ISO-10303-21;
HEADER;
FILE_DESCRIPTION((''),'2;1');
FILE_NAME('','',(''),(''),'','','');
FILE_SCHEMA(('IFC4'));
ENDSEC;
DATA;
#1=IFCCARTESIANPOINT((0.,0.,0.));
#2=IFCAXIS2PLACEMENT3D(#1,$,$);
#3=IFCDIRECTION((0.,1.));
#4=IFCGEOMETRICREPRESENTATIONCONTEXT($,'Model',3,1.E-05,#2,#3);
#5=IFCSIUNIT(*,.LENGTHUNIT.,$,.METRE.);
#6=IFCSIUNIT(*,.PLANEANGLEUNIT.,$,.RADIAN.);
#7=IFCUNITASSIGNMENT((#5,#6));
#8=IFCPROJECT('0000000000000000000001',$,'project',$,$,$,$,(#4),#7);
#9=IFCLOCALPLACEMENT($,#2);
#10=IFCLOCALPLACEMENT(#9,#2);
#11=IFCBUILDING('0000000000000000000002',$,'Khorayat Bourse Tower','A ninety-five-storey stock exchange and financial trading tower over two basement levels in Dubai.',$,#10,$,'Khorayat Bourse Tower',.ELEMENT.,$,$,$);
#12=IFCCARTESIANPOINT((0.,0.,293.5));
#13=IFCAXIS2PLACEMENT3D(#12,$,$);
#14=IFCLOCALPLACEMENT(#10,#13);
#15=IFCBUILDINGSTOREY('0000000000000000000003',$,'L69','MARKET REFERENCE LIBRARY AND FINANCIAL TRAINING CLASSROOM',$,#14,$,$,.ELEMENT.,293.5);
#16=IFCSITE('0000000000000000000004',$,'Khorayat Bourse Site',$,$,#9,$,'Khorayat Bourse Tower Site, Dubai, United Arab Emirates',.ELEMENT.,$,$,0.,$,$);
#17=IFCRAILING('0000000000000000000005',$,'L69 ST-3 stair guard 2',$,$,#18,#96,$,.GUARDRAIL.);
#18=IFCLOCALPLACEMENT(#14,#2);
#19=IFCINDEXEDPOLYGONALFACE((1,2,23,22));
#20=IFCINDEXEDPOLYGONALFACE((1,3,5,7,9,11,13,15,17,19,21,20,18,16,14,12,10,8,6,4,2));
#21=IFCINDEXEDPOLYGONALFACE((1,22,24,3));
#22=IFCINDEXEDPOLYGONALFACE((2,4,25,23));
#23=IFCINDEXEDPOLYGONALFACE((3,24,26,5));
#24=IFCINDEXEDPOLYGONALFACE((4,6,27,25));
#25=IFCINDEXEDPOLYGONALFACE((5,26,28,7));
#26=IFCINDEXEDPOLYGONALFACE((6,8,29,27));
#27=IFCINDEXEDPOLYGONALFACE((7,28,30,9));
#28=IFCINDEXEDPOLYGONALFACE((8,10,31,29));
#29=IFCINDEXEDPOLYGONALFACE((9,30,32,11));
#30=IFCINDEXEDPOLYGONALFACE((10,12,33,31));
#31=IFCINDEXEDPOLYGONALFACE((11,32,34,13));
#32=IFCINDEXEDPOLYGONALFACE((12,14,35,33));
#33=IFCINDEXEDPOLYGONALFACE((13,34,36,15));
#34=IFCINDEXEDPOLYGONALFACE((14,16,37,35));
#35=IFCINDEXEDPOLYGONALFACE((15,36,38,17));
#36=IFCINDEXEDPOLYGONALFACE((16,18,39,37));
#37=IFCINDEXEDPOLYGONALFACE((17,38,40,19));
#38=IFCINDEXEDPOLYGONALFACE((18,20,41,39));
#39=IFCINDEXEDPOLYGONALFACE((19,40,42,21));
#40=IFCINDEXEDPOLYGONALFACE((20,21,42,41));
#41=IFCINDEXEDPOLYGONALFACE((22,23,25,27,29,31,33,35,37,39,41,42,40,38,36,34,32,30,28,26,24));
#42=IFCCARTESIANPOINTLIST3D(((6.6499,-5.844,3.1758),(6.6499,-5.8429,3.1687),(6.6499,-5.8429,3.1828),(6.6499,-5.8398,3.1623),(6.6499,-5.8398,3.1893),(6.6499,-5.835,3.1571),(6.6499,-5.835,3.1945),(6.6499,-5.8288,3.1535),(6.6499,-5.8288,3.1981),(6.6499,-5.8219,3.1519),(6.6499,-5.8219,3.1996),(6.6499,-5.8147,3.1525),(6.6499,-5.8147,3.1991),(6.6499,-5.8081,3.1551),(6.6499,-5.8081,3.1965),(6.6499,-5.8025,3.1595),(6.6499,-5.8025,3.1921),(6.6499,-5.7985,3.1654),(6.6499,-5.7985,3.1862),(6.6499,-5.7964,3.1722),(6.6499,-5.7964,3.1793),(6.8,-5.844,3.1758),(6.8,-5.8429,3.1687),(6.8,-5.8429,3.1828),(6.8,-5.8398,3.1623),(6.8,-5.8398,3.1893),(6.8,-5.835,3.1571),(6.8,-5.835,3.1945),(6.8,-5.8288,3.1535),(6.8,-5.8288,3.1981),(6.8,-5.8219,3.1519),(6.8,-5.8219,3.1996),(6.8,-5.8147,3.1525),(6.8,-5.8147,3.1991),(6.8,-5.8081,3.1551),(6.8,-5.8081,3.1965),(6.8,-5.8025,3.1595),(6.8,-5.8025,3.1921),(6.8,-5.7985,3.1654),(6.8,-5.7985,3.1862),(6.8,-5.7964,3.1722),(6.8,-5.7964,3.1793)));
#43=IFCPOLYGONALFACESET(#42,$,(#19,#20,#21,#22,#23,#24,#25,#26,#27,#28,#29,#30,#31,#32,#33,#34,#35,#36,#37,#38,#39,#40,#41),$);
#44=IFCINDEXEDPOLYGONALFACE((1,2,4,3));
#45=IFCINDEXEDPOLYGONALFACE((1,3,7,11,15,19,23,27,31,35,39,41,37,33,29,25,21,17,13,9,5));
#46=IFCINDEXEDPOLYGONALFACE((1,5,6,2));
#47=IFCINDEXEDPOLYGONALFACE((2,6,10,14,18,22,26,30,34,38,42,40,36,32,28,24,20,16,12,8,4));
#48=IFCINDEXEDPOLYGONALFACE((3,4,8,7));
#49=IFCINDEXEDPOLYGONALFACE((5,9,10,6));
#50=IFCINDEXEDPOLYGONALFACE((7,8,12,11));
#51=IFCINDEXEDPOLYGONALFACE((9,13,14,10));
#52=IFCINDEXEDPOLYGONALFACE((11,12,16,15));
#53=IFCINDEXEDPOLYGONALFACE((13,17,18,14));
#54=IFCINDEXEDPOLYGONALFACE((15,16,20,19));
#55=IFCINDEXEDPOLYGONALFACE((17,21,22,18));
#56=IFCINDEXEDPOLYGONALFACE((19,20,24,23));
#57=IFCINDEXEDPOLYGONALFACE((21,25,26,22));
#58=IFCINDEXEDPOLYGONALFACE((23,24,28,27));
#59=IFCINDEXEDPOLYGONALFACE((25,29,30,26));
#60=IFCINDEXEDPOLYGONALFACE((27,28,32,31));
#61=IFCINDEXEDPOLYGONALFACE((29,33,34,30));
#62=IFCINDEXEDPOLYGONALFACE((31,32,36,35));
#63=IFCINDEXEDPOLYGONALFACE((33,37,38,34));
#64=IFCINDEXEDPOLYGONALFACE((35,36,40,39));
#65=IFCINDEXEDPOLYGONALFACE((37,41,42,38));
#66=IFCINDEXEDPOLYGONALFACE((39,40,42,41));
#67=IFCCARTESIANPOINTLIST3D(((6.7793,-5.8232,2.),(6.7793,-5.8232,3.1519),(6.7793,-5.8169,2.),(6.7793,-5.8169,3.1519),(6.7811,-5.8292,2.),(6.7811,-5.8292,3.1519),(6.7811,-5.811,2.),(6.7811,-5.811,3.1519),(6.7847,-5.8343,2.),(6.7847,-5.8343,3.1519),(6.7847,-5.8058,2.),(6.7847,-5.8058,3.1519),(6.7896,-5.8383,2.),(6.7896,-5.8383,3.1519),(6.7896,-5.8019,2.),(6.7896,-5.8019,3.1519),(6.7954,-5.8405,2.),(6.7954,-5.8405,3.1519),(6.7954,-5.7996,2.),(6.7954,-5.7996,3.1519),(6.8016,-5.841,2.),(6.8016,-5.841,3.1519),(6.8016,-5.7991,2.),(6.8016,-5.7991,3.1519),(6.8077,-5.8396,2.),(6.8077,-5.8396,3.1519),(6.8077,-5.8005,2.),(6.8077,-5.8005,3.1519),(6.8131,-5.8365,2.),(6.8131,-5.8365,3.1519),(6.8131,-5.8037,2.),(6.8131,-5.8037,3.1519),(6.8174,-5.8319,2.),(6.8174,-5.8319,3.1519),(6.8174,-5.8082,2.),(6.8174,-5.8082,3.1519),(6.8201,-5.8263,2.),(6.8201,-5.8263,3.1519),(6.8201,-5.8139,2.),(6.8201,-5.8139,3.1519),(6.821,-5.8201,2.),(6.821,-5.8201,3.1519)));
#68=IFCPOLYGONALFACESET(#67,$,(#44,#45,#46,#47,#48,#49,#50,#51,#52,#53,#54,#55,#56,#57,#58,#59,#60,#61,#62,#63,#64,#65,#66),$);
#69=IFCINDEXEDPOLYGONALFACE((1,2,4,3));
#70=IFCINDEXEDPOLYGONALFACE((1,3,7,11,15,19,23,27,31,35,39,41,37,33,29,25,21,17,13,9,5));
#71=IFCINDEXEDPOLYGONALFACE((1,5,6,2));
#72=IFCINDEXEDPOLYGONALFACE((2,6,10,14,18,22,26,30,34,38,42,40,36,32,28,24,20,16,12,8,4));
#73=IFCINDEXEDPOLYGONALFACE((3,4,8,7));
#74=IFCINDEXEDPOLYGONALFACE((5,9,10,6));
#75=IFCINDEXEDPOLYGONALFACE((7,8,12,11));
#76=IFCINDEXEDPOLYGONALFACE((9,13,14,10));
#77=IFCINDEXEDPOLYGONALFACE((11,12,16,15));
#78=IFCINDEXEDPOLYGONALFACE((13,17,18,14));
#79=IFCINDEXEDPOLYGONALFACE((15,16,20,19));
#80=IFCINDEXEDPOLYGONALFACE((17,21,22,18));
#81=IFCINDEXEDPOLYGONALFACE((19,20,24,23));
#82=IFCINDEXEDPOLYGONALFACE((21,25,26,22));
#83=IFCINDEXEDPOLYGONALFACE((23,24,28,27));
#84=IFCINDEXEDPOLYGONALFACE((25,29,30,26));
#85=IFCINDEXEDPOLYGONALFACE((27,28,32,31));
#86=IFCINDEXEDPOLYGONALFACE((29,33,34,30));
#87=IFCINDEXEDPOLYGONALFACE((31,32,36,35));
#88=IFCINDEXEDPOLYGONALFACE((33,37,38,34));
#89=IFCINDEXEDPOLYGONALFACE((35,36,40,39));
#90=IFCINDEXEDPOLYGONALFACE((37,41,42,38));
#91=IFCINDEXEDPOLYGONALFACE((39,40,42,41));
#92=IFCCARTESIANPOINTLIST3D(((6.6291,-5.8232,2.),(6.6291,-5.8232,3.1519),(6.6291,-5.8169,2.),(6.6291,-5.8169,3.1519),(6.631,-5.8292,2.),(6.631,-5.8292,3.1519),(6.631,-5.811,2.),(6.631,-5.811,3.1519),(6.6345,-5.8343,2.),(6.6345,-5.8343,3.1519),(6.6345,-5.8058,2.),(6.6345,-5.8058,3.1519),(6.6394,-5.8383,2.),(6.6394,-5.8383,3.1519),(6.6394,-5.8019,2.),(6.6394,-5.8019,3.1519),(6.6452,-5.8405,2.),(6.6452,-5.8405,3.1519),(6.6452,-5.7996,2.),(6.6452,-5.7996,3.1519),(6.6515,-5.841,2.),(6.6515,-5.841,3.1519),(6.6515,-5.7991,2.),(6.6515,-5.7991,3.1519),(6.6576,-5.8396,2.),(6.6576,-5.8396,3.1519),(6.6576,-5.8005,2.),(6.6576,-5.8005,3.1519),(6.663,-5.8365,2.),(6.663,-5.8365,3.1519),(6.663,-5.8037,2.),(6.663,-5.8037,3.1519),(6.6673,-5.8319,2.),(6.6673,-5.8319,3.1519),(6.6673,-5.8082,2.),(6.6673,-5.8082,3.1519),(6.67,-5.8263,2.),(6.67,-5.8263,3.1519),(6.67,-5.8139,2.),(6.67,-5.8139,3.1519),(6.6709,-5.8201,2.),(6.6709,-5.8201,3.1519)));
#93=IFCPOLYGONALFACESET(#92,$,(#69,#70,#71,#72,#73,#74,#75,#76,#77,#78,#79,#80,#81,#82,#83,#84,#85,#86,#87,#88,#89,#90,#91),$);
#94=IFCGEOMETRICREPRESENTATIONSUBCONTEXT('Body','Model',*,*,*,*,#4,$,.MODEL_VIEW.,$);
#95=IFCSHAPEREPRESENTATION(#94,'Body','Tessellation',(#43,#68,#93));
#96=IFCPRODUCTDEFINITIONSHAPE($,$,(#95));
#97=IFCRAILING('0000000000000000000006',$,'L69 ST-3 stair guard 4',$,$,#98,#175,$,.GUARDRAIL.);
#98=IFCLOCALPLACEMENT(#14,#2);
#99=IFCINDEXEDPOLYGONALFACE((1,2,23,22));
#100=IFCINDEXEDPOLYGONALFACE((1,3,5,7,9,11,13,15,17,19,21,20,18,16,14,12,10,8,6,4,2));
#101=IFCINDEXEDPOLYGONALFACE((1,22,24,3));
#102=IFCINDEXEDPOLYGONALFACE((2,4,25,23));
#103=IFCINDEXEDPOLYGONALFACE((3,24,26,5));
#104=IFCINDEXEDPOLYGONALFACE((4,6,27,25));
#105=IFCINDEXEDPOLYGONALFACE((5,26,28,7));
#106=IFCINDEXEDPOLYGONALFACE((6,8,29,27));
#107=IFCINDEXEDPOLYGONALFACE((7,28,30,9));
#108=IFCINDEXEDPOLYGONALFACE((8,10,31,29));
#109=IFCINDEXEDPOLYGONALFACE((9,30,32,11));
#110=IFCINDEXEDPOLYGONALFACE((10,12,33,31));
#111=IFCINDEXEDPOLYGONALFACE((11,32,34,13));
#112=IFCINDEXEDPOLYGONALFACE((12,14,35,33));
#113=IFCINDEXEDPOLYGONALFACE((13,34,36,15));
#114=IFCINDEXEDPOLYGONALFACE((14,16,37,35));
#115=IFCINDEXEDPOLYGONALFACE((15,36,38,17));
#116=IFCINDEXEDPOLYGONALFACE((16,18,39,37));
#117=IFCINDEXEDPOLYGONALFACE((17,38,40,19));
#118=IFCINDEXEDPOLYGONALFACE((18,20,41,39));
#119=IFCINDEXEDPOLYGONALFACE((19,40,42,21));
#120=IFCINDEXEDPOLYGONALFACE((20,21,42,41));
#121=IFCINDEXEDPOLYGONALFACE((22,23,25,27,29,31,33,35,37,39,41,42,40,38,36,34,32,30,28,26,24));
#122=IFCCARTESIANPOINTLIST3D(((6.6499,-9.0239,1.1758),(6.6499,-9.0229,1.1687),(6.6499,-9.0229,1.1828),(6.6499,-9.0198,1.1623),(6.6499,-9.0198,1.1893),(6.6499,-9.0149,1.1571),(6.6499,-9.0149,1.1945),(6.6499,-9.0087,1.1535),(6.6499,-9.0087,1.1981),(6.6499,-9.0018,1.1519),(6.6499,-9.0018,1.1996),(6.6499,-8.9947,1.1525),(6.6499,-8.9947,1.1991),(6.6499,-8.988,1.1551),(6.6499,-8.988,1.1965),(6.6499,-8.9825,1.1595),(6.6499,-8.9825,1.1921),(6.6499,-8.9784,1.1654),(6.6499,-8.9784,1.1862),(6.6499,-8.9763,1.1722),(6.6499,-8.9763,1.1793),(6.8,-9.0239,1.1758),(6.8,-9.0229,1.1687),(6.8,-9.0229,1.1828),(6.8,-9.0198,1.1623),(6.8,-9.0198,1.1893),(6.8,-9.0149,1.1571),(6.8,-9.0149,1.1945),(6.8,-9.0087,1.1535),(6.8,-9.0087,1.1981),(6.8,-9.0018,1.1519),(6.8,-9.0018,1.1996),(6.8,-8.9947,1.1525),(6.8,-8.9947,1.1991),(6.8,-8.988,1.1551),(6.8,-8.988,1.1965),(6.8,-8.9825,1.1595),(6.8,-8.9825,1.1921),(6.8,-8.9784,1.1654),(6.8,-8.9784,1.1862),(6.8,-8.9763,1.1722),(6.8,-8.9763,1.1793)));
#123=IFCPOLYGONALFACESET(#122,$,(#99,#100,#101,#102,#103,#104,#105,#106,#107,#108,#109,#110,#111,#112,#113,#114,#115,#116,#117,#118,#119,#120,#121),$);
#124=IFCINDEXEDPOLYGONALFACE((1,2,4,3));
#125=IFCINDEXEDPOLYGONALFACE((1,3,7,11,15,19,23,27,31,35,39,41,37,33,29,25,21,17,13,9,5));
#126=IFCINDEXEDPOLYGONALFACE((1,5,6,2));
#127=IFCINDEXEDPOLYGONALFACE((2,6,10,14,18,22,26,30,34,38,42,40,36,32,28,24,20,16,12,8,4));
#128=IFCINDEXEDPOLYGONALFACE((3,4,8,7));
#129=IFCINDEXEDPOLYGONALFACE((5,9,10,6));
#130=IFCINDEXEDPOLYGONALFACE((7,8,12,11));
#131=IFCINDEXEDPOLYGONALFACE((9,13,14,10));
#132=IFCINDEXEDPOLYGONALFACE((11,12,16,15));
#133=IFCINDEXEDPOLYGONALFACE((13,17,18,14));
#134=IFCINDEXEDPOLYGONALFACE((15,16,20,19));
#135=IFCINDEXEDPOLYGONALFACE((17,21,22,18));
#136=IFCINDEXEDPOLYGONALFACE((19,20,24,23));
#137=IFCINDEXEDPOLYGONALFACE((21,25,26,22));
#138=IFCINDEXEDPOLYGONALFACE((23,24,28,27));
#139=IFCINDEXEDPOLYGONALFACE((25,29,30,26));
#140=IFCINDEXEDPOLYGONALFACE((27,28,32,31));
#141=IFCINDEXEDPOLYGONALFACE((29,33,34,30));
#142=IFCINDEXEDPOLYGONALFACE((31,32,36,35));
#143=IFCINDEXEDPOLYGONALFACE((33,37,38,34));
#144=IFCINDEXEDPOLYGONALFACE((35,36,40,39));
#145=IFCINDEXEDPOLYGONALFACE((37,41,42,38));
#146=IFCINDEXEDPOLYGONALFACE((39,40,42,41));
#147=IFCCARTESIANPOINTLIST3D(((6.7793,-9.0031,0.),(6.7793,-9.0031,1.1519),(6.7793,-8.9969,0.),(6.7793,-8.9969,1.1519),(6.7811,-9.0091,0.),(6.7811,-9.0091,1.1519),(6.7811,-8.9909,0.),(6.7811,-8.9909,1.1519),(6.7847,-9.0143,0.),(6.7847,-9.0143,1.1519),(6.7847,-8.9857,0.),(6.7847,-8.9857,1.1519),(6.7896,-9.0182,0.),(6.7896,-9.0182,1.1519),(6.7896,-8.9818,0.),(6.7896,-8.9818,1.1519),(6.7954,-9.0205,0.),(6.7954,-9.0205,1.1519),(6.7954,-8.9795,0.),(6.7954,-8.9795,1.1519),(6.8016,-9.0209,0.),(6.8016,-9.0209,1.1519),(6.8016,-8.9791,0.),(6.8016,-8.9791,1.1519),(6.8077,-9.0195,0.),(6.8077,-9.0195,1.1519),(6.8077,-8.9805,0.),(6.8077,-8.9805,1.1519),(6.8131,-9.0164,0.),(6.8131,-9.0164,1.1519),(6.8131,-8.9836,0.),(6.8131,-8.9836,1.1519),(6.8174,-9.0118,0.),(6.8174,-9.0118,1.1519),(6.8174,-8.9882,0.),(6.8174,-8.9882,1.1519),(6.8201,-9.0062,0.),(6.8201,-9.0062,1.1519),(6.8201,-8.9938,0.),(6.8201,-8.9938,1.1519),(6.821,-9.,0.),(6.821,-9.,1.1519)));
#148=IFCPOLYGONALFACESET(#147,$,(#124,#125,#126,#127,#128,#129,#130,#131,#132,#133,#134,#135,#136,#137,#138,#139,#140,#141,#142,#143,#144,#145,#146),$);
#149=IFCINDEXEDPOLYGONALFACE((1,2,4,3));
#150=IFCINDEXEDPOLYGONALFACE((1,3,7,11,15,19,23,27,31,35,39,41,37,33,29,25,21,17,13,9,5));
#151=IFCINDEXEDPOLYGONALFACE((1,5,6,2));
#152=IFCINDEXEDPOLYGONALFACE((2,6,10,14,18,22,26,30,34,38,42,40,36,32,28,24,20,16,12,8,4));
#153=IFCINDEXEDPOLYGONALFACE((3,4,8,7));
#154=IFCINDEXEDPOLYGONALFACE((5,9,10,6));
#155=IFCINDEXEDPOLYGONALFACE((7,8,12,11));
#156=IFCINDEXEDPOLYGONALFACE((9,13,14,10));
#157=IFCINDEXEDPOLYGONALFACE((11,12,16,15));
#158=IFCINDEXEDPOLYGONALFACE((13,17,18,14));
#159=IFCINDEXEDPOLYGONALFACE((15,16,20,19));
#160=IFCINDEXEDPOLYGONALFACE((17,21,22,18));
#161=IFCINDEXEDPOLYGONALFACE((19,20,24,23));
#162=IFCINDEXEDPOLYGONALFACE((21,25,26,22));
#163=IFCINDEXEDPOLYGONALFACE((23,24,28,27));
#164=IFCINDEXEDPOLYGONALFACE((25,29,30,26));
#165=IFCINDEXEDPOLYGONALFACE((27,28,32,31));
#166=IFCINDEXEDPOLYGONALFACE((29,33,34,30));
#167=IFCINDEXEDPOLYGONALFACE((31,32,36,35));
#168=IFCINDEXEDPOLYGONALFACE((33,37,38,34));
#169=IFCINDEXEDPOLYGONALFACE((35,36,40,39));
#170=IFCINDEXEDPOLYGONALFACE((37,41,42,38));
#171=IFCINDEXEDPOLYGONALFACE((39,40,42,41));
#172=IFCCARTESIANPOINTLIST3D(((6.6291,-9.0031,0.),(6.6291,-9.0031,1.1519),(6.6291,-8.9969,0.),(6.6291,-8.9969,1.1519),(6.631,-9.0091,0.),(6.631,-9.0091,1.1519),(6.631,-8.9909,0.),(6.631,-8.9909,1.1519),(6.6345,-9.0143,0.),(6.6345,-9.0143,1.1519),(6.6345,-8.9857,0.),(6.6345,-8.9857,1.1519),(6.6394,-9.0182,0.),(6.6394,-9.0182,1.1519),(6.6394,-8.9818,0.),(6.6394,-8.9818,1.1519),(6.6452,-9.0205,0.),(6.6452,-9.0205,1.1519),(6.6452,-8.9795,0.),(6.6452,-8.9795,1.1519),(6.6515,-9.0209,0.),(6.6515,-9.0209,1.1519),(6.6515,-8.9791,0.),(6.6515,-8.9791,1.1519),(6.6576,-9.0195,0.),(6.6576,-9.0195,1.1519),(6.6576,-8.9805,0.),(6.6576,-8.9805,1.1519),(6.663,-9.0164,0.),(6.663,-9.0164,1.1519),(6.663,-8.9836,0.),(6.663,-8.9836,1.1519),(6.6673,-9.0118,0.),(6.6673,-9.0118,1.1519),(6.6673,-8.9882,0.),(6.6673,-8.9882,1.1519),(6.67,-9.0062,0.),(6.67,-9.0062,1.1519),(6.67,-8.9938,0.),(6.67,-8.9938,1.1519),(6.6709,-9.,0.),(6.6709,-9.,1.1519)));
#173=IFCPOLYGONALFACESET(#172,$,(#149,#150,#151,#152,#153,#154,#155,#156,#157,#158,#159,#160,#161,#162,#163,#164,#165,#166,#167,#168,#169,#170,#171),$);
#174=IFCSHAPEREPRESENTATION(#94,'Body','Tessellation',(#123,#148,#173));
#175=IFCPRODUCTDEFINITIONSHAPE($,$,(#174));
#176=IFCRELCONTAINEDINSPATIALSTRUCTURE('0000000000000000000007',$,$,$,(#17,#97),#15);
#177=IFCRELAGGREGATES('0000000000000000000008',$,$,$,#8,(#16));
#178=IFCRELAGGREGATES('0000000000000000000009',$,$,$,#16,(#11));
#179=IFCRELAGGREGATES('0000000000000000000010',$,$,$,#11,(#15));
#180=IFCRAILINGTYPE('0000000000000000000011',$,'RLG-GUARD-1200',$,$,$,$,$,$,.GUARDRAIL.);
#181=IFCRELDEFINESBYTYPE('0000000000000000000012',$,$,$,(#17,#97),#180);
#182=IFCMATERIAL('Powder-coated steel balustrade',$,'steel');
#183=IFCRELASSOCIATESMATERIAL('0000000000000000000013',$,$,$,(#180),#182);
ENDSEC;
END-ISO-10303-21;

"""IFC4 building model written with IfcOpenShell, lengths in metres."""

from ifc_helpers import new_model, si_unit, direction, frame, origin, origin_2d, place, context, subcontext, project, spatial, circle, extrude, source, transform, mapped, material, type_object, element, save


model = new_model("IFC4")

# Units and contexts
model_context = context("Model", 3, precision=1e-05, world=origin(), true_north=direction((0.0, 1.0)))
body_context = subcontext(model_context, "Body", "Model", "MODEL_VIEW")
ifc_project = project(units=[si_unit("LENGTHUNIT", "METRE"), si_unit("PLANEANGLEUNIT", "RADIAN")], contexts=[model_context])

# Site, building, storey
site_placement = place(None, origin())
site = spatial("IfcSite", under=ifc_project, at=site_placement, Name="Khorayat Bourse Site", LongName="Khorayat Bourse Tower Site, Dubai, United Arab Emirates", CompositionType="ELEMENT", RefElevation=0.0)
building_placement = place(site_placement, origin())
building = spatial("IfcBuilding", under=site, at=building_placement, Name="Khorayat Bourse Tower", Description="A ninety-five-storey stock exchange and financial trading tower over two basement levels in Dubai.", LongName="Khorayat Bourse Tower", CompositionType="ELEMENT")
storey_placement = place(building_placement, frame((0.0, 0.0, 293.5)))
storey = spatial("IfcBuildingStorey", under=building, at=storey_placement, Name="L69", Description="MARKET REFERENCE LIBRARY AND FINANCIAL TRAINING CLASSROOM", CompositionType="ELEMENT", Elevation=293.5)

# Railings
ifc_material_1 = material(Name="Powder-coated steel balustrade", Category="steel")
railing_type_1 = type_object("IfcRailingType", Name="RLG-GUARD-1200", PredefinedType="GUARDRAIL", material=ifc_material_1)
shared_shape_1 = source(origin(), body_context, "Body", "SweptSolid", [
    extrude(circle(Radius=0.0239, at=origin_2d()), frame((0.0, 0.0, 1.1758), z_axis=(-1.0, 0.0, 0.0), x_axis=(0.0, -1.0, 0.0)), (0.0, 0.0, 1.0), 0.1501),
    extrude(circle(Radius=0.021, at=origin_2d()), origin(), (0.0, 0.0, 1.0), 1.1519),
    extrude(circle(Radius=0.021, at=origin_2d()), frame((-0.1501, 0.0, 0.0)), (0.0, 0.0, 1.0), 1.1519),
])
for number, where, name in (
    (1, (6.8, -5.8201, 2.0), "L69 ST-3 stair guard 2"),
    (2, (6.8, -9.0, 0.0), "L69 ST-3 stair guard 4"),
):
    element("IfcRailing", number, at=place(storey_placement, frame(where)), inside=storey, type_object=railing_type_1, Name=name, PredefinedType="GUARDRAIL", context=body_context, shape_type="MappedRepresentation", body=[
        mapped(shared_shape_1, transform((0.0, 0.0, 0.0), scale=1.0)),
    ])

save(model, "model.ifc")
